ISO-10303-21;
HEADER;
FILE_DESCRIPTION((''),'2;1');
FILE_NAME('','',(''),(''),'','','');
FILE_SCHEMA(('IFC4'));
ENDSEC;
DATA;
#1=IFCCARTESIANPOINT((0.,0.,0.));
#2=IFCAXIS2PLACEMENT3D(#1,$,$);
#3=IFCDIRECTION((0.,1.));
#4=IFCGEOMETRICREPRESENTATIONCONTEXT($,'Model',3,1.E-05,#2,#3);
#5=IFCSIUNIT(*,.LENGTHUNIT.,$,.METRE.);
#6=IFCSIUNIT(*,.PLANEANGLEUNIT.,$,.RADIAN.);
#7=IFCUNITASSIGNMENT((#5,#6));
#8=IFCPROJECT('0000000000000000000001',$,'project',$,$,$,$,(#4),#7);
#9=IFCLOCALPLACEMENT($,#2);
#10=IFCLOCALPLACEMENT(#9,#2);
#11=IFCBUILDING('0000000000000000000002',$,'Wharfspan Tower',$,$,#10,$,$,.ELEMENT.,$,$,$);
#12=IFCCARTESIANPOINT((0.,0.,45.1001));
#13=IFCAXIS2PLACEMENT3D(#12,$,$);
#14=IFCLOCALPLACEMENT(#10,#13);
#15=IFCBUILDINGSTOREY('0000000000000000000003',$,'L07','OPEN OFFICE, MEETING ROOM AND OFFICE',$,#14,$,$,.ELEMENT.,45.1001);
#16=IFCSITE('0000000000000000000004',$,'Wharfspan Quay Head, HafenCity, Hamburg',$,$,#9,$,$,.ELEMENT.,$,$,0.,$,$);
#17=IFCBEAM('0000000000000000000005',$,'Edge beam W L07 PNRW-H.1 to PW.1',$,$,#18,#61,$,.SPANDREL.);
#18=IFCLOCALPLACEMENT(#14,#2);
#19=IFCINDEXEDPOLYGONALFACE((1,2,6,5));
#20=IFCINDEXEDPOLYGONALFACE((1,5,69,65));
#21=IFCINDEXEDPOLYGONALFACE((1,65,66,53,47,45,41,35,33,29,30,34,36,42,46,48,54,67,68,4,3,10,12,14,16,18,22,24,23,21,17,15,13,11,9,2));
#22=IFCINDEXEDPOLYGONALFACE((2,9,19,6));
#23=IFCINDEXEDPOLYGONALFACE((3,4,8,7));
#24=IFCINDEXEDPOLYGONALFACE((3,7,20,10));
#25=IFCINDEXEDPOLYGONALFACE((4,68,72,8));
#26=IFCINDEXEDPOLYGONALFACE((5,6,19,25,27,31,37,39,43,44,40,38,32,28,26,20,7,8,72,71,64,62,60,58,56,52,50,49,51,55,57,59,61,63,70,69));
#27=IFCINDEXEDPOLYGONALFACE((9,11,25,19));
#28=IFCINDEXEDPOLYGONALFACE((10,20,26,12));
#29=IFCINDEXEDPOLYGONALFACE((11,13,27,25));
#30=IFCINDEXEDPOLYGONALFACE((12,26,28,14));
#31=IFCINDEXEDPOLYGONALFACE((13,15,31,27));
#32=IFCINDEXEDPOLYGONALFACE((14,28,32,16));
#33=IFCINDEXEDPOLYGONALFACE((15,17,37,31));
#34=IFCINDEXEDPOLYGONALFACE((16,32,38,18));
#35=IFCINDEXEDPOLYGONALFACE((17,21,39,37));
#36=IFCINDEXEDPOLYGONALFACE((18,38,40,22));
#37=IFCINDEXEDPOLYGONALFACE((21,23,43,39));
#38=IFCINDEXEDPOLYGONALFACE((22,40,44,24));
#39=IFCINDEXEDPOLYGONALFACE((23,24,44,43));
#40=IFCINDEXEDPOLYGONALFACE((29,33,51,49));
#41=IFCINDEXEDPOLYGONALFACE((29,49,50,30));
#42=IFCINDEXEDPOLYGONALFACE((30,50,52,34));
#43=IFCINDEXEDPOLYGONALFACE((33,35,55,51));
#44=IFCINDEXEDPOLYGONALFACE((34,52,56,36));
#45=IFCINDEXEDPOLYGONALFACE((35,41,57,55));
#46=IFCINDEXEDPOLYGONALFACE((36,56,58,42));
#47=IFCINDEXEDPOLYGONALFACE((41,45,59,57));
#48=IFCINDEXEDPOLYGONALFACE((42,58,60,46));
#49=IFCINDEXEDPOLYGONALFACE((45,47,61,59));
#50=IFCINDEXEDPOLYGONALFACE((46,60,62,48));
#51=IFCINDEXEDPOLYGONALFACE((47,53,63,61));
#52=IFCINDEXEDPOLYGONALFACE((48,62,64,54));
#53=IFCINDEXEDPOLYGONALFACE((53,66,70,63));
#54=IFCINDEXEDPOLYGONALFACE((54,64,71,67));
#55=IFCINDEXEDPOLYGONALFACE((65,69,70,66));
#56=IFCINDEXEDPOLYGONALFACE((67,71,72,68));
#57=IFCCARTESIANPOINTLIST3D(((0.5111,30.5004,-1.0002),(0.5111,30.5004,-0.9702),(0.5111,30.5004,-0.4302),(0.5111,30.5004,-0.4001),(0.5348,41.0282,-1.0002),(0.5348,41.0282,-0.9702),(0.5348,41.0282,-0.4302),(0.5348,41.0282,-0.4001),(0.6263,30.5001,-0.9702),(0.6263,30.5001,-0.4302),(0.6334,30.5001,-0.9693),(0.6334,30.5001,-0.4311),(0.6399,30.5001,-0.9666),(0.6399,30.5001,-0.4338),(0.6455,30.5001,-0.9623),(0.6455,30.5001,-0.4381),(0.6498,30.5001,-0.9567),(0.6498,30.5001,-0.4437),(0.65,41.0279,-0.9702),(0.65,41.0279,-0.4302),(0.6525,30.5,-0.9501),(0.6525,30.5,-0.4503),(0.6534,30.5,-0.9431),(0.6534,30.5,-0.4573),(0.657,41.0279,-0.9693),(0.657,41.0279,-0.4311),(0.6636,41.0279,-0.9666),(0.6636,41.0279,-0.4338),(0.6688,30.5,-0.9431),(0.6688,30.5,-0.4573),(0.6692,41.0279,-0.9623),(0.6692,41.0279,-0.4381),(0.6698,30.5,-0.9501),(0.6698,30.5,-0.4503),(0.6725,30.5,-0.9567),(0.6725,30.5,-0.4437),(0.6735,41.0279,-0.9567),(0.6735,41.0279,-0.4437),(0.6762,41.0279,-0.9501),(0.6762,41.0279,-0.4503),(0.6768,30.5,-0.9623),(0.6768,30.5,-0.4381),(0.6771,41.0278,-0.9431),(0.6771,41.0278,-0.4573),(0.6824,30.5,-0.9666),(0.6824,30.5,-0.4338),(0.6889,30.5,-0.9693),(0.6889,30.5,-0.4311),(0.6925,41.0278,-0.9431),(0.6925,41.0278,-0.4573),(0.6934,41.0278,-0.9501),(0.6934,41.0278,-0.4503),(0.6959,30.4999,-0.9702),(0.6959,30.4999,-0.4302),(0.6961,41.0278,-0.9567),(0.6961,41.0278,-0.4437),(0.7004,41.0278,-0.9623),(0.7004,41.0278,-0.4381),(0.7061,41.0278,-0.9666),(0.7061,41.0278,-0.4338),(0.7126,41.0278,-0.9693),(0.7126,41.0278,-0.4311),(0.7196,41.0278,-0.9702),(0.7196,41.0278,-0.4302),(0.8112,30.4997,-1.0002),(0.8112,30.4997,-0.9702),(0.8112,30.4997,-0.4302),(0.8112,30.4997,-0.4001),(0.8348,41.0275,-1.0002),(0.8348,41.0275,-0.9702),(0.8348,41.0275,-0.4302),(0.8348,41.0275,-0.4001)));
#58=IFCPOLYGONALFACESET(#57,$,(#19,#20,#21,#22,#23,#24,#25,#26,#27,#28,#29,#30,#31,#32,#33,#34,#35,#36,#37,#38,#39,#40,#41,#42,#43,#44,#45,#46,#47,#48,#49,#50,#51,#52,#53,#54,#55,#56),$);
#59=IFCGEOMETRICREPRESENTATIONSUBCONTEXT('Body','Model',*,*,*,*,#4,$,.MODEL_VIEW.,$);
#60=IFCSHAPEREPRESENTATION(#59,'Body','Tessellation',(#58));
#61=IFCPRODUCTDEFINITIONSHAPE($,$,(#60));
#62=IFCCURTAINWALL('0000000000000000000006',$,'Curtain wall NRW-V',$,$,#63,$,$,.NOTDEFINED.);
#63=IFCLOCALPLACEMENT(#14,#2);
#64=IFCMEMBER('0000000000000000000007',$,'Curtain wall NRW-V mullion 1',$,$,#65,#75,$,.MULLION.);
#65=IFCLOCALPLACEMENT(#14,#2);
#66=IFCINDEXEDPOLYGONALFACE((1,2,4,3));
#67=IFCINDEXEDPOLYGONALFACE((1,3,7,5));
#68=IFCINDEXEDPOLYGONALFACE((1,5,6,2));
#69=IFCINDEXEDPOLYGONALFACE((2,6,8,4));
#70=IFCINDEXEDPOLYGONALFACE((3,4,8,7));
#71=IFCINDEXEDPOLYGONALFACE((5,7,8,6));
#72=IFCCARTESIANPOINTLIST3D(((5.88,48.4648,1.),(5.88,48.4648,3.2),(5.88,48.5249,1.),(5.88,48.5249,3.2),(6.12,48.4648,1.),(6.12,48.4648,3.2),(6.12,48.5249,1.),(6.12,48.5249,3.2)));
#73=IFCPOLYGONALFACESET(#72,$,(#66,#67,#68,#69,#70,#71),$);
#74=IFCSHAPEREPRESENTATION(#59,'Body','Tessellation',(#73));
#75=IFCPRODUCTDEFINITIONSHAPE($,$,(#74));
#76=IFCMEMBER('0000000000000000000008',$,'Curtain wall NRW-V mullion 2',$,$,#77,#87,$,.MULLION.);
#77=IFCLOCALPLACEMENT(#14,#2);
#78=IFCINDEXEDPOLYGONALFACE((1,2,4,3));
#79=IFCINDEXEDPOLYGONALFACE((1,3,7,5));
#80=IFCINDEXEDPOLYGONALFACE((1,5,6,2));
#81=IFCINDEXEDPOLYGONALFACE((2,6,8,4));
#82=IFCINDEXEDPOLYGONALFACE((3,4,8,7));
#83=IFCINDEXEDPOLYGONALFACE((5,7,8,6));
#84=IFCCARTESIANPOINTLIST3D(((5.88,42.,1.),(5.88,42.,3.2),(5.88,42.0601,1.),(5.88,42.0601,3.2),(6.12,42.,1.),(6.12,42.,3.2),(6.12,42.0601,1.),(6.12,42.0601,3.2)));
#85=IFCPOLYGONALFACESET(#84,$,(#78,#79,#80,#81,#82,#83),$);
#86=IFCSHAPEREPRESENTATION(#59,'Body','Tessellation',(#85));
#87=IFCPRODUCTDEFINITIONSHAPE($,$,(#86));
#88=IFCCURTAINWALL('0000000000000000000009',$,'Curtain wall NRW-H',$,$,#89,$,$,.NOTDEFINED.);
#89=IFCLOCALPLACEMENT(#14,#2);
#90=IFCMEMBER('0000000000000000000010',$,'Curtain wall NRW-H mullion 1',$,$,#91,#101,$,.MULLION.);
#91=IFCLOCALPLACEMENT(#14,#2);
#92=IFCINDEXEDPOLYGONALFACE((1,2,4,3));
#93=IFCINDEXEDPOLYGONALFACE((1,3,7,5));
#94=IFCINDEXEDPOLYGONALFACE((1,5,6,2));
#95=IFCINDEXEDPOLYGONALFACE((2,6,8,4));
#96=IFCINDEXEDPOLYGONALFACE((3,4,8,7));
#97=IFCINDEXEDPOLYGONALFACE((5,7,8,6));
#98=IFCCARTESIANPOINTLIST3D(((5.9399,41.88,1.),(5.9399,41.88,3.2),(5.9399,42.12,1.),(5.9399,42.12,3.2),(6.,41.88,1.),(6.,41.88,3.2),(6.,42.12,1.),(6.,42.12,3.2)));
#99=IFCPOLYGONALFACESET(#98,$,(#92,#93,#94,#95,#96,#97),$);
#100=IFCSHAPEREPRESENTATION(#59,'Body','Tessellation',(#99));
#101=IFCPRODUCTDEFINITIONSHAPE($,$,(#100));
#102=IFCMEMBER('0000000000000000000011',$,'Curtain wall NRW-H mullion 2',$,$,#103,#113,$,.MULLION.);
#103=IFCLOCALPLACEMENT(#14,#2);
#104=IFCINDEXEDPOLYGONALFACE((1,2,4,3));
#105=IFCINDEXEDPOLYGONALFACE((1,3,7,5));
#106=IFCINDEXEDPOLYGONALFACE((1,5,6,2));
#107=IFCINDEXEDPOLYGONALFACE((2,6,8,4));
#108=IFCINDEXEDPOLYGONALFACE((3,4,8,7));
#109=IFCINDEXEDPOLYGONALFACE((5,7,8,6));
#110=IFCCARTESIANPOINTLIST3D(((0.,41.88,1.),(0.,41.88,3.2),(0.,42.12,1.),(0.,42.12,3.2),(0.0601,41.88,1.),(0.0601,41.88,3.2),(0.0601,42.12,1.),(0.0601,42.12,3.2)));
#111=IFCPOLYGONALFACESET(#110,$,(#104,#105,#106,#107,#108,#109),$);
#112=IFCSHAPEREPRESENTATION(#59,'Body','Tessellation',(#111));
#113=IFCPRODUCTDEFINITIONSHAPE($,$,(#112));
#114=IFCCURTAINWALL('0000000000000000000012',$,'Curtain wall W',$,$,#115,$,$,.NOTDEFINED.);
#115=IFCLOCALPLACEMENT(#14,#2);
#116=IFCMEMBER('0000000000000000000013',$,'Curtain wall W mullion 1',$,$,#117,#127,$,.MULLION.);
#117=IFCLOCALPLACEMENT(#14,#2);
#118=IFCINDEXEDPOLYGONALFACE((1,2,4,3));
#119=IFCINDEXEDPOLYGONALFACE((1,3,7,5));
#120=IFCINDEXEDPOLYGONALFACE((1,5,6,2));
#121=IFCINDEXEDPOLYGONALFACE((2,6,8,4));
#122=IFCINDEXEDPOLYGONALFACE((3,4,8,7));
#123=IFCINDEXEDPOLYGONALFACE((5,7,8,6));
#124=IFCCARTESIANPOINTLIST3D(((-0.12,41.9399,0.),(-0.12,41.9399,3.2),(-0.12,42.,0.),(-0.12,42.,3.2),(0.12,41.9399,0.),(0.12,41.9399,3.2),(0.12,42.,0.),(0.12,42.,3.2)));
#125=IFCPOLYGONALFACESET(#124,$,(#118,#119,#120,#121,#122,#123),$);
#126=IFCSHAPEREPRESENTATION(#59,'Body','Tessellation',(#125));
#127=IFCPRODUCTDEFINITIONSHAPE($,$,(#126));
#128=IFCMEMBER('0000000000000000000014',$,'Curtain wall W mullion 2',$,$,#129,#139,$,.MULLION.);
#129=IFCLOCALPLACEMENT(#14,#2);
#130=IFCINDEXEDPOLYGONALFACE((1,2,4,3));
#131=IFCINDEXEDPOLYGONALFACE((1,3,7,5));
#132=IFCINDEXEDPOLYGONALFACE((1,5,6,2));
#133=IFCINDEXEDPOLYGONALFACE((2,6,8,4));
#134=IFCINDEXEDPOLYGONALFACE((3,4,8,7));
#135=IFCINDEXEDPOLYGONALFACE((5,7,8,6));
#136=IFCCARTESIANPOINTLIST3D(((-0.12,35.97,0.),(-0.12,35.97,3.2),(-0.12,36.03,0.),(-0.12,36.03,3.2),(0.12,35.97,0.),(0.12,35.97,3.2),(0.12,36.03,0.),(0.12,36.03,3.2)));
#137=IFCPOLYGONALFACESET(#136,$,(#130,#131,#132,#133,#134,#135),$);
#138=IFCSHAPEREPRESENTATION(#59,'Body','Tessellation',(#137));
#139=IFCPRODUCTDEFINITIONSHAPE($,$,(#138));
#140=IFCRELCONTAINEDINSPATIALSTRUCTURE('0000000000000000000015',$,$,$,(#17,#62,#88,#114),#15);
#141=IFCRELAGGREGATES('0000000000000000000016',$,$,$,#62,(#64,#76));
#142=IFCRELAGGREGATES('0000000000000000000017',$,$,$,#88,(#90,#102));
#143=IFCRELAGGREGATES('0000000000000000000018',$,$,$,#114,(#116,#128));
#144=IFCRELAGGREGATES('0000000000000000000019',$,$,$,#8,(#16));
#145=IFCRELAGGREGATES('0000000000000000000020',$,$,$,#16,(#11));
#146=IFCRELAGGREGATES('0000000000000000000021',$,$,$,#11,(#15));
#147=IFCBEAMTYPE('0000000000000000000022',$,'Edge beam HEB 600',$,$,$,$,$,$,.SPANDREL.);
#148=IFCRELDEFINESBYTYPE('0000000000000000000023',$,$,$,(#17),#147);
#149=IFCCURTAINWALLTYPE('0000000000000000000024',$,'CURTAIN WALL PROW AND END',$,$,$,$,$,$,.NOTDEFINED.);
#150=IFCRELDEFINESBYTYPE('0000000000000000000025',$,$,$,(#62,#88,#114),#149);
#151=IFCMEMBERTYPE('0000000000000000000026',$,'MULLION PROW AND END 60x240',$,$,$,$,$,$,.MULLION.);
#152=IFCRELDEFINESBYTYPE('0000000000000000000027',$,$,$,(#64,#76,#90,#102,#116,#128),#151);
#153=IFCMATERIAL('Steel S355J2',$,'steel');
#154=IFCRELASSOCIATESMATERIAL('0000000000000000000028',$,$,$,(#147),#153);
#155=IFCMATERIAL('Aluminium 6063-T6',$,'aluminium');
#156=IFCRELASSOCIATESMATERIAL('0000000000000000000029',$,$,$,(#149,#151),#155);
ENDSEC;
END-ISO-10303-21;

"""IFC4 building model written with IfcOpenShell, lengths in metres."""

from ifc_helpers import new_model, si_unit, direction, frame, origin, origin_2d, place, context, subcontext, project, spatial, rectangle, i_section, extrude, material, material_profile, profile_set, type_object, element, aggregate, save


model = new_model("IFC4")

# Units and contexts
model_context = context("Model", 3, precision=1e-05, world=origin(), true_north=direction((0.0, 1.0)))
body_context = subcontext(model_context, "Body", "Model", "MODEL_VIEW")
ifc_project = project(units=[si_unit("LENGTHUNIT", "METRE"), si_unit("PLANEANGLEUNIT", "RADIAN")], contexts=[model_context])

# Site, building, storey
site_placement = place(None, origin())
site = spatial("IfcSite", under=ifc_project, at=site_placement, Name="Wharfspan Quay Head, HafenCity, Hamburg", CompositionType="ELEMENT", RefElevation=0.0)
building_placement = place(site_placement, origin())
building = spatial("IfcBuilding", under=site, at=building_placement, Name="Wharfspan Tower", CompositionType="ELEMENT")
storey_placement = place(building_placement, frame((0.0, 0.0, 45.1001)))
storey = spatial("IfcBuildingStorey", under=building, at=storey_placement, Name="L07", Description="OPEN OFFICE, MEETING ROOM AND OFFICE", CompositionType="ELEMENT", Elevation=45.1001)

# Shared definitions
ifc_material_1 = material(Name="Steel S355J2", Category="steel")

# Beam
ifc_material_profile_1 = material_profile(ifc_material_1, i_section(OverallWidth=0.3, OverallDepth=0.6001, WebThickness=0.0154, FlangeThickness=0.03, FilletRadius=0.0271, at=origin_2d()))
ifc_profile_set_1 = profile_set([ifc_material_profile_1], Name="Steel S355J2")
beam_type = type_object("IfcBeamType", Name="Edge beam HEB 600", PredefinedType="SPANDREL", material=ifc_profile_set_1)
beam_placement = place(storey_placement, frame((0.6848, 41.0278, -0.7002), z_axis=(-0.002249, -0.999997, 0.0), x_axis=(0.999997, -0.002249, 0.0)))
element("IfcBeam", 1, at=beam_placement, inside=storey, type_object=beam_type, Name="Edge beam W L07 PNRW-H.1 to PW.1", PredefinedType="SPANDREL", context=body_context, shape_type="SweptSolid", body=[
    extrude(i_section(OverallWidth=0.3, OverallDepth=0.6001, WebThickness=0.0154, FlangeThickness=0.03, FilletRadius=0.0271, at=origin_2d()), origin(), (0.0, 0.0, 1.0), 10.5278),
])

# Curtain walls, members
ifc_material_2 = material(Name="Aluminium 6063-T6", Category="aluminium")
curtain_wall_type = type_object("IfcCurtainWallType", Name="CURTAIN WALL PROW AND END", PredefinedType="NOTDEFINED", material=ifc_material_2)
curtain_wall_1_placement = place(storey_placement, origin())
curtain_wall_1 = element("IfcCurtainWall", 2, at=curtain_wall_1_placement, inside=storey, type_object=curtain_wall_type, Name="Curtain wall NRW-V", PredefinedType="NOTDEFINED")
ifc_material_profile_2 = material_profile(ifc_material_2, rectangle(XDim=0.24, YDim=0.0601, at=origin_2d()))
ifc_profile_set_2 = profile_set([ifc_material_profile_2], Name="Aluminium 6063-T6")
member_type_1 = type_object("IfcMemberType", Name="MULLION PROW AND END 60x240", PredefinedType="MULLION", material=ifc_profile_set_2)
member_1_placement = place(storey_placement, frame((6.0, 48.4949, 1.0), z_axis=(0.0, 0.0, 1.0), x_axis=(1.0, 0.0, 0.0)))
member_1 = element("IfcMember", 3, at=member_1_placement, type_object=member_type_1, Name="Curtain wall NRW-V mullion 1", PredefinedType="MULLION", context=body_context, shape_type="SweptSolid", body=[
    extrude(rectangle(XDim=0.24, YDim=0.0601, at=origin_2d()), origin(), (0.0, 0.0, 1.0), 2.2),
])
member_2_placement = place(storey_placement, frame((6.0, 42.03, 1.0), z_axis=(0.0, 0.0, 1.0), x_axis=(1.0, 0.0, 0.0)))
member_2 = element("IfcMember", 4, at=member_2_placement, type_object=member_type_1, Name="Curtain wall NRW-V mullion 2", PredefinedType="MULLION", context=body_context, shape_type="SweptSolid", body=[
    extrude(rectangle(XDim=0.24, YDim=0.0601, at=origin_2d()), origin(), (0.0, 0.0, 1.0), 2.2),
])
curtain_wall_2_placement = place(storey_placement, origin())
curtain_wall_2 = element("IfcCurtainWall", 5, at=curtain_wall_2_placement, inside=storey, type_object=curtain_wall_type, Name="Curtain wall NRW-H", PredefinedType="NOTDEFINED")
member_3_placement = place(storey_placement, frame((5.97, 42.0, 1.0), z_axis=(0.0, 0.0, 1.0), x_axis=(0.0, -1.0, 0.0)))
member_3 = element("IfcMember", 6, at=member_3_placement, type_object=member_type_1, Name="Curtain wall NRW-H mullion 1", PredefinedType="MULLION", context=body_context, shape_type="SweptSolid", body=[
    extrude(rectangle(XDim=0.24, YDim=0.0601, at=origin_2d()), origin(), (0.0, 0.0, 1.0), 2.2),
])
member_4_placement = place(storey_placement, frame((0.03, 42.0, 1.0), z_axis=(0.0, 0.0, 1.0), x_axis=(0.0, -1.0, 0.0)))
member_4 = element("IfcMember", 7, at=member_4_placement, type_object=member_type_1, Name="Curtain wall NRW-H mullion 2", PredefinedType="MULLION", context=body_context, shape_type="SweptSolid", body=[
    extrude(rectangle(XDim=0.24, YDim=0.0601, at=origin_2d()), origin(), (0.0, 0.0, 1.0), 2.2),
])
curtain_wall_3_placement = place(storey_placement, origin())
curtain_wall_3 = element("IfcCurtainWall", 8, at=curtain_wall_3_placement, inside=storey, type_object=curtain_wall_type, Name="Curtain wall W", PredefinedType="NOTDEFINED")
member_5_placement = place(storey_placement, frame((0.0, 41.97, 0.0), z_axis=(0.0, 0.0, 1.0), x_axis=(1.0, 0.0, 0.0)))
member_5 = element("IfcMember", 9, at=member_5_placement, type_object=member_type_1, Name="Curtain wall W mullion 1", PredefinedType="MULLION", context=body_context, shape_type="SweptSolid", body=[
    extrude(rectangle(XDim=0.24, YDim=0.0601, at=origin_2d()), origin(), (0.0, 0.0, 1.0), 3.2),
])
member_6_placement = place(storey_placement, frame((0.0, 36.0, 0.0), z_axis=(0.0, 0.0, 1.0), x_axis=(1.0, 0.0, 0.0)))
member_6 = element("IfcMember", 10, at=member_6_placement, type_object=member_type_1, Name="Curtain wall W mullion 2", PredefinedType="MULLION", context=body_context, shape_type="SweptSolid", body=[
    extrude(rectangle(XDim=0.24, YDim=0.0601, at=origin_2d()), origin(), (0.0, 0.0, 1.0), 3.2),
])

aggregate(curtain_wall_1, [member_1, member_2])
aggregate(curtain_wall_2, [member_3, member_4])
aggregate(curtain_wall_3, [member_5, member_6])

save(model, "model.ifc")
